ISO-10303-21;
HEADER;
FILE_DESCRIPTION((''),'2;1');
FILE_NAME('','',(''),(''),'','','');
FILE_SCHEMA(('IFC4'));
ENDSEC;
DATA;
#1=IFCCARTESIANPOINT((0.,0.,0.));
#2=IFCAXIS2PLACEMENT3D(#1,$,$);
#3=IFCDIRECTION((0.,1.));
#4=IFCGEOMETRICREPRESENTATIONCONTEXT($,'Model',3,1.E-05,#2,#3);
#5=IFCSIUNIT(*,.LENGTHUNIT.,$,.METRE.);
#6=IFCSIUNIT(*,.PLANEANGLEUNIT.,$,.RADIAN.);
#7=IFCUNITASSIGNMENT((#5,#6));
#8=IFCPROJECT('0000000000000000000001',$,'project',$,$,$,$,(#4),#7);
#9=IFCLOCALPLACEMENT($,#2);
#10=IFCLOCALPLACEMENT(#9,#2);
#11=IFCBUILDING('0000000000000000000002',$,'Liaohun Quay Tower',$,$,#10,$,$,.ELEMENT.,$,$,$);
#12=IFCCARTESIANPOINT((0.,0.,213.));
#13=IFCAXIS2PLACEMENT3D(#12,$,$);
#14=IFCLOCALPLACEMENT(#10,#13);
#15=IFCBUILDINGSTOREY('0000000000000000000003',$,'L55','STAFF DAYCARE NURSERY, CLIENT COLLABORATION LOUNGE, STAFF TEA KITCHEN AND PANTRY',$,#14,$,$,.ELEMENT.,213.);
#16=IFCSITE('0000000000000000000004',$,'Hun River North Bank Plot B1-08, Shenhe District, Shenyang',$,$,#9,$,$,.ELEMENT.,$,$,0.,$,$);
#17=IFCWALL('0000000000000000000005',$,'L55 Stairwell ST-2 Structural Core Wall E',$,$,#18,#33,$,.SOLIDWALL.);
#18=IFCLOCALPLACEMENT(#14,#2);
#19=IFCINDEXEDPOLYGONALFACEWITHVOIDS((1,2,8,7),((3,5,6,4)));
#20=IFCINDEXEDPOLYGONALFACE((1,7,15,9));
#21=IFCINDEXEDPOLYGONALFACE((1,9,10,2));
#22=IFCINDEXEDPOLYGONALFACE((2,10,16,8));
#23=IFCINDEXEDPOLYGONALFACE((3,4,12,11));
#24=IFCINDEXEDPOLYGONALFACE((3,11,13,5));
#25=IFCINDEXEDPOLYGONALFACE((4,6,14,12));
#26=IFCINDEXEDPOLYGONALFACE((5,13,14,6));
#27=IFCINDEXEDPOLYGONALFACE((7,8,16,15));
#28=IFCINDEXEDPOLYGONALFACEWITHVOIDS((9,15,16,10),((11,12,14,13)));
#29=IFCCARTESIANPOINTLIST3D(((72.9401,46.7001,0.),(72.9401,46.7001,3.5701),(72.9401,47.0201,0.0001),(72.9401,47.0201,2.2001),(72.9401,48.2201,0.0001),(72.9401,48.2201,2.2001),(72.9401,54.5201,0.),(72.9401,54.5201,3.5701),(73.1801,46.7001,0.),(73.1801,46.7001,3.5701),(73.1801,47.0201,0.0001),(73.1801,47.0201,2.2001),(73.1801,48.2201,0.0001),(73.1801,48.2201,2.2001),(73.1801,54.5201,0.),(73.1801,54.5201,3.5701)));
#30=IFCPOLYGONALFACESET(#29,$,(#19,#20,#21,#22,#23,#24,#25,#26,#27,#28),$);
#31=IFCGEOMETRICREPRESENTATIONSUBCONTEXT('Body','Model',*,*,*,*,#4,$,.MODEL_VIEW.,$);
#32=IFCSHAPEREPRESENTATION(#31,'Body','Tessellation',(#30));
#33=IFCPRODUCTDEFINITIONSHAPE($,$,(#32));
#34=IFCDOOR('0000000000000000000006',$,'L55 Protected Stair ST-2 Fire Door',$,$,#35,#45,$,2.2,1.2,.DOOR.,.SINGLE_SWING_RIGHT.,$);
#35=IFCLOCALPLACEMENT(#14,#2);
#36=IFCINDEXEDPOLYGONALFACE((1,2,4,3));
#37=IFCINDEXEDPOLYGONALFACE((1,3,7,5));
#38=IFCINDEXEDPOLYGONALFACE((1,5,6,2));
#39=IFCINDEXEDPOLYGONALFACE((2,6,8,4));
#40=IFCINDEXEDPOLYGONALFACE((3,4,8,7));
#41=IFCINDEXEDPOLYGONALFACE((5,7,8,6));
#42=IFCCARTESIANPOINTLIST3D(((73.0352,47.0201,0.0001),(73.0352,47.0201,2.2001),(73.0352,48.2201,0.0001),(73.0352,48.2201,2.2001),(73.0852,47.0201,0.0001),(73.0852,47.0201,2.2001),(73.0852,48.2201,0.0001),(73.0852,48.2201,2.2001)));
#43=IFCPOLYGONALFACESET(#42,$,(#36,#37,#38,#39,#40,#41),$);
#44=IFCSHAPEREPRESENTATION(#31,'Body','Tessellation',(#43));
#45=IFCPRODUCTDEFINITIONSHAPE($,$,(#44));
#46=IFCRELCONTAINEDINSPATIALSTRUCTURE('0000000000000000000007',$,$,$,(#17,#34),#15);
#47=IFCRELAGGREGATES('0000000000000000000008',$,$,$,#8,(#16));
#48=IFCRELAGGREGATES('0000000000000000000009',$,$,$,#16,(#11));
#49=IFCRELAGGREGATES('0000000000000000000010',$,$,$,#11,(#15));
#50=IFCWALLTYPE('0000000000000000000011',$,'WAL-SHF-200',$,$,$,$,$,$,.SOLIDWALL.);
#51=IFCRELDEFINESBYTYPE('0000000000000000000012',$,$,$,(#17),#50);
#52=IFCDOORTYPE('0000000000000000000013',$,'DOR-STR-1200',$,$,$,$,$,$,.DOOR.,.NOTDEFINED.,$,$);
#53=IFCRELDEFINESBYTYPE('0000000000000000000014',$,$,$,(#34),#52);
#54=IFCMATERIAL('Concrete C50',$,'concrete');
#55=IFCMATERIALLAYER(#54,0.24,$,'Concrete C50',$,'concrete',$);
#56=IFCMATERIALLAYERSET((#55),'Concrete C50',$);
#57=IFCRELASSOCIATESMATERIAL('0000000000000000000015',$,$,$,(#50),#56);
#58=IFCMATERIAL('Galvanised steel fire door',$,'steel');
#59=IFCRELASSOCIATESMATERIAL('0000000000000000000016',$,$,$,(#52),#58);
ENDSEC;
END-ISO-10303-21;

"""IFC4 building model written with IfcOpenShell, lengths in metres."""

from ifc_helpers import new_model, si_unit, direction, frame, frame_2d, origin, place, context, subcontext, project, spatial, rectangle, extrude, source, transform, mapped, material, layer, layer_set, type_object, element, fill, save


model = new_model("IFC4")

# Units and contexts
model_context = context("Model", 3, precision=1e-05, world=origin(), true_north=direction((0.0, 1.0)))
body_context = subcontext(model_context, "Body", "Model", "MODEL_VIEW")
ifc_project = project(units=[si_unit("LENGTHUNIT", "METRE"), si_unit("PLANEANGLEUNIT", "RADIAN")], contexts=[model_context])

# Site, building, storey
site_placement = place(None, origin())
site = spatial("IfcSite", under=ifc_project, at=site_placement, Name="Hun River North Bank Plot B1-08, Shenhe District, Shenyang", CompositionType="ELEMENT", RefElevation=0.0)
building_placement = place(site_placement, origin())
building = spatial("IfcBuilding", under=site, at=building_placement, Name="Liaohun Quay Tower", CompositionType="ELEMENT")
storey_placement = place(building_placement, frame((0.0, 0.0, 213.0)))
storey = spatial("IfcBuildingStorey", under=building, at=storey_placement, Name="L55", Description="STAFF DAYCARE NURSERY, CLIENT COLLABORATION LOUNGE, STAFF TEA KITCHEN AND PANTRY", CompositionType="ELEMENT", Elevation=213.0)

# Shared definitions
ifc_material_1 = material(Name="Concrete C50", Category="concrete")
ifc_layer_1 = layer(ifc_material_1, 0.24, Name="Concrete C50", Category="concrete")
ifc_layer_set_1 = layer_set([ifc_layer_1], Name="Concrete C50")
wall_type_1 = type_object("IfcWallType", Name="WAL-SHF-200", PredefinedType="SOLIDWALL", material=ifc_layer_set_1)

# Wall, opening, door
wall_1_placement = place(storey_placement, frame((73.0601, 46.7, 0.0), z_axis=(0.0, 0.0, 1.0), x_axis=(0.0, 1.0, 0.0)))
wall_1 = element("IfcWall", 1, at=wall_1_placement, inside=storey, type_object=wall_type_1, Name="L55 Stairwell ST-2 Structural Core Wall E", PredefinedType="SOLIDWALL", context=body_context, shape_type="SweptSolid", body=[
    extrude(rectangle(XDim=7.8201, YDim=0.24, at=frame_2d((3.9102, 0.0))), origin(), (0.0, 0.0, 1.0), 3.5701),
])
shared_shape_1 = source(origin(), body_context, "Body", "SweptSolid", [
    extrude(rectangle(XDim=1.2, YDim=2.2, at=frame_2d((0.6001, 1.1001))), frame((0.0, 0.1299, 0.0), z_axis=(0.0, -1.0, 0.0), x_axis=(1.0, 0.0, 0.0)), (0.0, 0.0, 1.0), 0.26),
])
opening_1_placement = place(wall_1_placement, frame((0.3201, 0.0, 0.0)))
opening_1 = element("IfcOpeningElement", 2, at=opening_1_placement, cuts=wall_1, PredefinedType="OPENING", context=body_context, shape_type="MappedRepresentation", body=[
    mapped(shared_shape_1, transform((0.0, 0.0, 0.0), x_axis=(1.0, 0.0, 0.0), y_axis=(0.0, 1.0, 0.0), z_axis=(0.0, 0.0, 1.0), scale=1.0)),
])
ifc_material_2 = material(Name="Galvanised steel fire door", Category="steel")
door_type_1 = type_object("IfcDoorType", Name="DOR-STR-1200", OperationType="NOTDEFINED", PredefinedType="DOOR", material=ifc_material_2)
shared_shape_2 = source(origin(), body_context, "Body", "SweptSolid", [
    extrude(rectangle(XDim=1.2, YDim=2.2, at=frame_2d((0.6001, 1.1001))), frame((0.0, 0.0249, 0.0), z_axis=(0.0, -1.0, 0.0), x_axis=(1.0, 0.0, 0.0)), (0.0, 0.0, 1.0), 0.05),
])
door_1_placement = place(opening_1_placement, origin())
door_1 = element("IfcDoor", 3, at=door_1_placement, inside=storey, type_object=door_type_1, Name="L55 Protected Stair ST-2 Fire Door", OperationType="SINGLE_SWING_RIGHT", OverallHeight=2.2, OverallWidth=1.2, PredefinedType="DOOR", context=body_context, shape_type="MappedRepresentation", body=[
    mapped(shared_shape_2, transform((0.0, 0.0, 0.0), x_axis=(1.0, 0.0, 0.0), y_axis=(0.0, 1.0, 0.0), z_axis=(0.0, 0.0, 1.0), scale=1.0)),
])
fill(opening_1, door_1)

save(model, "model.ifc")
